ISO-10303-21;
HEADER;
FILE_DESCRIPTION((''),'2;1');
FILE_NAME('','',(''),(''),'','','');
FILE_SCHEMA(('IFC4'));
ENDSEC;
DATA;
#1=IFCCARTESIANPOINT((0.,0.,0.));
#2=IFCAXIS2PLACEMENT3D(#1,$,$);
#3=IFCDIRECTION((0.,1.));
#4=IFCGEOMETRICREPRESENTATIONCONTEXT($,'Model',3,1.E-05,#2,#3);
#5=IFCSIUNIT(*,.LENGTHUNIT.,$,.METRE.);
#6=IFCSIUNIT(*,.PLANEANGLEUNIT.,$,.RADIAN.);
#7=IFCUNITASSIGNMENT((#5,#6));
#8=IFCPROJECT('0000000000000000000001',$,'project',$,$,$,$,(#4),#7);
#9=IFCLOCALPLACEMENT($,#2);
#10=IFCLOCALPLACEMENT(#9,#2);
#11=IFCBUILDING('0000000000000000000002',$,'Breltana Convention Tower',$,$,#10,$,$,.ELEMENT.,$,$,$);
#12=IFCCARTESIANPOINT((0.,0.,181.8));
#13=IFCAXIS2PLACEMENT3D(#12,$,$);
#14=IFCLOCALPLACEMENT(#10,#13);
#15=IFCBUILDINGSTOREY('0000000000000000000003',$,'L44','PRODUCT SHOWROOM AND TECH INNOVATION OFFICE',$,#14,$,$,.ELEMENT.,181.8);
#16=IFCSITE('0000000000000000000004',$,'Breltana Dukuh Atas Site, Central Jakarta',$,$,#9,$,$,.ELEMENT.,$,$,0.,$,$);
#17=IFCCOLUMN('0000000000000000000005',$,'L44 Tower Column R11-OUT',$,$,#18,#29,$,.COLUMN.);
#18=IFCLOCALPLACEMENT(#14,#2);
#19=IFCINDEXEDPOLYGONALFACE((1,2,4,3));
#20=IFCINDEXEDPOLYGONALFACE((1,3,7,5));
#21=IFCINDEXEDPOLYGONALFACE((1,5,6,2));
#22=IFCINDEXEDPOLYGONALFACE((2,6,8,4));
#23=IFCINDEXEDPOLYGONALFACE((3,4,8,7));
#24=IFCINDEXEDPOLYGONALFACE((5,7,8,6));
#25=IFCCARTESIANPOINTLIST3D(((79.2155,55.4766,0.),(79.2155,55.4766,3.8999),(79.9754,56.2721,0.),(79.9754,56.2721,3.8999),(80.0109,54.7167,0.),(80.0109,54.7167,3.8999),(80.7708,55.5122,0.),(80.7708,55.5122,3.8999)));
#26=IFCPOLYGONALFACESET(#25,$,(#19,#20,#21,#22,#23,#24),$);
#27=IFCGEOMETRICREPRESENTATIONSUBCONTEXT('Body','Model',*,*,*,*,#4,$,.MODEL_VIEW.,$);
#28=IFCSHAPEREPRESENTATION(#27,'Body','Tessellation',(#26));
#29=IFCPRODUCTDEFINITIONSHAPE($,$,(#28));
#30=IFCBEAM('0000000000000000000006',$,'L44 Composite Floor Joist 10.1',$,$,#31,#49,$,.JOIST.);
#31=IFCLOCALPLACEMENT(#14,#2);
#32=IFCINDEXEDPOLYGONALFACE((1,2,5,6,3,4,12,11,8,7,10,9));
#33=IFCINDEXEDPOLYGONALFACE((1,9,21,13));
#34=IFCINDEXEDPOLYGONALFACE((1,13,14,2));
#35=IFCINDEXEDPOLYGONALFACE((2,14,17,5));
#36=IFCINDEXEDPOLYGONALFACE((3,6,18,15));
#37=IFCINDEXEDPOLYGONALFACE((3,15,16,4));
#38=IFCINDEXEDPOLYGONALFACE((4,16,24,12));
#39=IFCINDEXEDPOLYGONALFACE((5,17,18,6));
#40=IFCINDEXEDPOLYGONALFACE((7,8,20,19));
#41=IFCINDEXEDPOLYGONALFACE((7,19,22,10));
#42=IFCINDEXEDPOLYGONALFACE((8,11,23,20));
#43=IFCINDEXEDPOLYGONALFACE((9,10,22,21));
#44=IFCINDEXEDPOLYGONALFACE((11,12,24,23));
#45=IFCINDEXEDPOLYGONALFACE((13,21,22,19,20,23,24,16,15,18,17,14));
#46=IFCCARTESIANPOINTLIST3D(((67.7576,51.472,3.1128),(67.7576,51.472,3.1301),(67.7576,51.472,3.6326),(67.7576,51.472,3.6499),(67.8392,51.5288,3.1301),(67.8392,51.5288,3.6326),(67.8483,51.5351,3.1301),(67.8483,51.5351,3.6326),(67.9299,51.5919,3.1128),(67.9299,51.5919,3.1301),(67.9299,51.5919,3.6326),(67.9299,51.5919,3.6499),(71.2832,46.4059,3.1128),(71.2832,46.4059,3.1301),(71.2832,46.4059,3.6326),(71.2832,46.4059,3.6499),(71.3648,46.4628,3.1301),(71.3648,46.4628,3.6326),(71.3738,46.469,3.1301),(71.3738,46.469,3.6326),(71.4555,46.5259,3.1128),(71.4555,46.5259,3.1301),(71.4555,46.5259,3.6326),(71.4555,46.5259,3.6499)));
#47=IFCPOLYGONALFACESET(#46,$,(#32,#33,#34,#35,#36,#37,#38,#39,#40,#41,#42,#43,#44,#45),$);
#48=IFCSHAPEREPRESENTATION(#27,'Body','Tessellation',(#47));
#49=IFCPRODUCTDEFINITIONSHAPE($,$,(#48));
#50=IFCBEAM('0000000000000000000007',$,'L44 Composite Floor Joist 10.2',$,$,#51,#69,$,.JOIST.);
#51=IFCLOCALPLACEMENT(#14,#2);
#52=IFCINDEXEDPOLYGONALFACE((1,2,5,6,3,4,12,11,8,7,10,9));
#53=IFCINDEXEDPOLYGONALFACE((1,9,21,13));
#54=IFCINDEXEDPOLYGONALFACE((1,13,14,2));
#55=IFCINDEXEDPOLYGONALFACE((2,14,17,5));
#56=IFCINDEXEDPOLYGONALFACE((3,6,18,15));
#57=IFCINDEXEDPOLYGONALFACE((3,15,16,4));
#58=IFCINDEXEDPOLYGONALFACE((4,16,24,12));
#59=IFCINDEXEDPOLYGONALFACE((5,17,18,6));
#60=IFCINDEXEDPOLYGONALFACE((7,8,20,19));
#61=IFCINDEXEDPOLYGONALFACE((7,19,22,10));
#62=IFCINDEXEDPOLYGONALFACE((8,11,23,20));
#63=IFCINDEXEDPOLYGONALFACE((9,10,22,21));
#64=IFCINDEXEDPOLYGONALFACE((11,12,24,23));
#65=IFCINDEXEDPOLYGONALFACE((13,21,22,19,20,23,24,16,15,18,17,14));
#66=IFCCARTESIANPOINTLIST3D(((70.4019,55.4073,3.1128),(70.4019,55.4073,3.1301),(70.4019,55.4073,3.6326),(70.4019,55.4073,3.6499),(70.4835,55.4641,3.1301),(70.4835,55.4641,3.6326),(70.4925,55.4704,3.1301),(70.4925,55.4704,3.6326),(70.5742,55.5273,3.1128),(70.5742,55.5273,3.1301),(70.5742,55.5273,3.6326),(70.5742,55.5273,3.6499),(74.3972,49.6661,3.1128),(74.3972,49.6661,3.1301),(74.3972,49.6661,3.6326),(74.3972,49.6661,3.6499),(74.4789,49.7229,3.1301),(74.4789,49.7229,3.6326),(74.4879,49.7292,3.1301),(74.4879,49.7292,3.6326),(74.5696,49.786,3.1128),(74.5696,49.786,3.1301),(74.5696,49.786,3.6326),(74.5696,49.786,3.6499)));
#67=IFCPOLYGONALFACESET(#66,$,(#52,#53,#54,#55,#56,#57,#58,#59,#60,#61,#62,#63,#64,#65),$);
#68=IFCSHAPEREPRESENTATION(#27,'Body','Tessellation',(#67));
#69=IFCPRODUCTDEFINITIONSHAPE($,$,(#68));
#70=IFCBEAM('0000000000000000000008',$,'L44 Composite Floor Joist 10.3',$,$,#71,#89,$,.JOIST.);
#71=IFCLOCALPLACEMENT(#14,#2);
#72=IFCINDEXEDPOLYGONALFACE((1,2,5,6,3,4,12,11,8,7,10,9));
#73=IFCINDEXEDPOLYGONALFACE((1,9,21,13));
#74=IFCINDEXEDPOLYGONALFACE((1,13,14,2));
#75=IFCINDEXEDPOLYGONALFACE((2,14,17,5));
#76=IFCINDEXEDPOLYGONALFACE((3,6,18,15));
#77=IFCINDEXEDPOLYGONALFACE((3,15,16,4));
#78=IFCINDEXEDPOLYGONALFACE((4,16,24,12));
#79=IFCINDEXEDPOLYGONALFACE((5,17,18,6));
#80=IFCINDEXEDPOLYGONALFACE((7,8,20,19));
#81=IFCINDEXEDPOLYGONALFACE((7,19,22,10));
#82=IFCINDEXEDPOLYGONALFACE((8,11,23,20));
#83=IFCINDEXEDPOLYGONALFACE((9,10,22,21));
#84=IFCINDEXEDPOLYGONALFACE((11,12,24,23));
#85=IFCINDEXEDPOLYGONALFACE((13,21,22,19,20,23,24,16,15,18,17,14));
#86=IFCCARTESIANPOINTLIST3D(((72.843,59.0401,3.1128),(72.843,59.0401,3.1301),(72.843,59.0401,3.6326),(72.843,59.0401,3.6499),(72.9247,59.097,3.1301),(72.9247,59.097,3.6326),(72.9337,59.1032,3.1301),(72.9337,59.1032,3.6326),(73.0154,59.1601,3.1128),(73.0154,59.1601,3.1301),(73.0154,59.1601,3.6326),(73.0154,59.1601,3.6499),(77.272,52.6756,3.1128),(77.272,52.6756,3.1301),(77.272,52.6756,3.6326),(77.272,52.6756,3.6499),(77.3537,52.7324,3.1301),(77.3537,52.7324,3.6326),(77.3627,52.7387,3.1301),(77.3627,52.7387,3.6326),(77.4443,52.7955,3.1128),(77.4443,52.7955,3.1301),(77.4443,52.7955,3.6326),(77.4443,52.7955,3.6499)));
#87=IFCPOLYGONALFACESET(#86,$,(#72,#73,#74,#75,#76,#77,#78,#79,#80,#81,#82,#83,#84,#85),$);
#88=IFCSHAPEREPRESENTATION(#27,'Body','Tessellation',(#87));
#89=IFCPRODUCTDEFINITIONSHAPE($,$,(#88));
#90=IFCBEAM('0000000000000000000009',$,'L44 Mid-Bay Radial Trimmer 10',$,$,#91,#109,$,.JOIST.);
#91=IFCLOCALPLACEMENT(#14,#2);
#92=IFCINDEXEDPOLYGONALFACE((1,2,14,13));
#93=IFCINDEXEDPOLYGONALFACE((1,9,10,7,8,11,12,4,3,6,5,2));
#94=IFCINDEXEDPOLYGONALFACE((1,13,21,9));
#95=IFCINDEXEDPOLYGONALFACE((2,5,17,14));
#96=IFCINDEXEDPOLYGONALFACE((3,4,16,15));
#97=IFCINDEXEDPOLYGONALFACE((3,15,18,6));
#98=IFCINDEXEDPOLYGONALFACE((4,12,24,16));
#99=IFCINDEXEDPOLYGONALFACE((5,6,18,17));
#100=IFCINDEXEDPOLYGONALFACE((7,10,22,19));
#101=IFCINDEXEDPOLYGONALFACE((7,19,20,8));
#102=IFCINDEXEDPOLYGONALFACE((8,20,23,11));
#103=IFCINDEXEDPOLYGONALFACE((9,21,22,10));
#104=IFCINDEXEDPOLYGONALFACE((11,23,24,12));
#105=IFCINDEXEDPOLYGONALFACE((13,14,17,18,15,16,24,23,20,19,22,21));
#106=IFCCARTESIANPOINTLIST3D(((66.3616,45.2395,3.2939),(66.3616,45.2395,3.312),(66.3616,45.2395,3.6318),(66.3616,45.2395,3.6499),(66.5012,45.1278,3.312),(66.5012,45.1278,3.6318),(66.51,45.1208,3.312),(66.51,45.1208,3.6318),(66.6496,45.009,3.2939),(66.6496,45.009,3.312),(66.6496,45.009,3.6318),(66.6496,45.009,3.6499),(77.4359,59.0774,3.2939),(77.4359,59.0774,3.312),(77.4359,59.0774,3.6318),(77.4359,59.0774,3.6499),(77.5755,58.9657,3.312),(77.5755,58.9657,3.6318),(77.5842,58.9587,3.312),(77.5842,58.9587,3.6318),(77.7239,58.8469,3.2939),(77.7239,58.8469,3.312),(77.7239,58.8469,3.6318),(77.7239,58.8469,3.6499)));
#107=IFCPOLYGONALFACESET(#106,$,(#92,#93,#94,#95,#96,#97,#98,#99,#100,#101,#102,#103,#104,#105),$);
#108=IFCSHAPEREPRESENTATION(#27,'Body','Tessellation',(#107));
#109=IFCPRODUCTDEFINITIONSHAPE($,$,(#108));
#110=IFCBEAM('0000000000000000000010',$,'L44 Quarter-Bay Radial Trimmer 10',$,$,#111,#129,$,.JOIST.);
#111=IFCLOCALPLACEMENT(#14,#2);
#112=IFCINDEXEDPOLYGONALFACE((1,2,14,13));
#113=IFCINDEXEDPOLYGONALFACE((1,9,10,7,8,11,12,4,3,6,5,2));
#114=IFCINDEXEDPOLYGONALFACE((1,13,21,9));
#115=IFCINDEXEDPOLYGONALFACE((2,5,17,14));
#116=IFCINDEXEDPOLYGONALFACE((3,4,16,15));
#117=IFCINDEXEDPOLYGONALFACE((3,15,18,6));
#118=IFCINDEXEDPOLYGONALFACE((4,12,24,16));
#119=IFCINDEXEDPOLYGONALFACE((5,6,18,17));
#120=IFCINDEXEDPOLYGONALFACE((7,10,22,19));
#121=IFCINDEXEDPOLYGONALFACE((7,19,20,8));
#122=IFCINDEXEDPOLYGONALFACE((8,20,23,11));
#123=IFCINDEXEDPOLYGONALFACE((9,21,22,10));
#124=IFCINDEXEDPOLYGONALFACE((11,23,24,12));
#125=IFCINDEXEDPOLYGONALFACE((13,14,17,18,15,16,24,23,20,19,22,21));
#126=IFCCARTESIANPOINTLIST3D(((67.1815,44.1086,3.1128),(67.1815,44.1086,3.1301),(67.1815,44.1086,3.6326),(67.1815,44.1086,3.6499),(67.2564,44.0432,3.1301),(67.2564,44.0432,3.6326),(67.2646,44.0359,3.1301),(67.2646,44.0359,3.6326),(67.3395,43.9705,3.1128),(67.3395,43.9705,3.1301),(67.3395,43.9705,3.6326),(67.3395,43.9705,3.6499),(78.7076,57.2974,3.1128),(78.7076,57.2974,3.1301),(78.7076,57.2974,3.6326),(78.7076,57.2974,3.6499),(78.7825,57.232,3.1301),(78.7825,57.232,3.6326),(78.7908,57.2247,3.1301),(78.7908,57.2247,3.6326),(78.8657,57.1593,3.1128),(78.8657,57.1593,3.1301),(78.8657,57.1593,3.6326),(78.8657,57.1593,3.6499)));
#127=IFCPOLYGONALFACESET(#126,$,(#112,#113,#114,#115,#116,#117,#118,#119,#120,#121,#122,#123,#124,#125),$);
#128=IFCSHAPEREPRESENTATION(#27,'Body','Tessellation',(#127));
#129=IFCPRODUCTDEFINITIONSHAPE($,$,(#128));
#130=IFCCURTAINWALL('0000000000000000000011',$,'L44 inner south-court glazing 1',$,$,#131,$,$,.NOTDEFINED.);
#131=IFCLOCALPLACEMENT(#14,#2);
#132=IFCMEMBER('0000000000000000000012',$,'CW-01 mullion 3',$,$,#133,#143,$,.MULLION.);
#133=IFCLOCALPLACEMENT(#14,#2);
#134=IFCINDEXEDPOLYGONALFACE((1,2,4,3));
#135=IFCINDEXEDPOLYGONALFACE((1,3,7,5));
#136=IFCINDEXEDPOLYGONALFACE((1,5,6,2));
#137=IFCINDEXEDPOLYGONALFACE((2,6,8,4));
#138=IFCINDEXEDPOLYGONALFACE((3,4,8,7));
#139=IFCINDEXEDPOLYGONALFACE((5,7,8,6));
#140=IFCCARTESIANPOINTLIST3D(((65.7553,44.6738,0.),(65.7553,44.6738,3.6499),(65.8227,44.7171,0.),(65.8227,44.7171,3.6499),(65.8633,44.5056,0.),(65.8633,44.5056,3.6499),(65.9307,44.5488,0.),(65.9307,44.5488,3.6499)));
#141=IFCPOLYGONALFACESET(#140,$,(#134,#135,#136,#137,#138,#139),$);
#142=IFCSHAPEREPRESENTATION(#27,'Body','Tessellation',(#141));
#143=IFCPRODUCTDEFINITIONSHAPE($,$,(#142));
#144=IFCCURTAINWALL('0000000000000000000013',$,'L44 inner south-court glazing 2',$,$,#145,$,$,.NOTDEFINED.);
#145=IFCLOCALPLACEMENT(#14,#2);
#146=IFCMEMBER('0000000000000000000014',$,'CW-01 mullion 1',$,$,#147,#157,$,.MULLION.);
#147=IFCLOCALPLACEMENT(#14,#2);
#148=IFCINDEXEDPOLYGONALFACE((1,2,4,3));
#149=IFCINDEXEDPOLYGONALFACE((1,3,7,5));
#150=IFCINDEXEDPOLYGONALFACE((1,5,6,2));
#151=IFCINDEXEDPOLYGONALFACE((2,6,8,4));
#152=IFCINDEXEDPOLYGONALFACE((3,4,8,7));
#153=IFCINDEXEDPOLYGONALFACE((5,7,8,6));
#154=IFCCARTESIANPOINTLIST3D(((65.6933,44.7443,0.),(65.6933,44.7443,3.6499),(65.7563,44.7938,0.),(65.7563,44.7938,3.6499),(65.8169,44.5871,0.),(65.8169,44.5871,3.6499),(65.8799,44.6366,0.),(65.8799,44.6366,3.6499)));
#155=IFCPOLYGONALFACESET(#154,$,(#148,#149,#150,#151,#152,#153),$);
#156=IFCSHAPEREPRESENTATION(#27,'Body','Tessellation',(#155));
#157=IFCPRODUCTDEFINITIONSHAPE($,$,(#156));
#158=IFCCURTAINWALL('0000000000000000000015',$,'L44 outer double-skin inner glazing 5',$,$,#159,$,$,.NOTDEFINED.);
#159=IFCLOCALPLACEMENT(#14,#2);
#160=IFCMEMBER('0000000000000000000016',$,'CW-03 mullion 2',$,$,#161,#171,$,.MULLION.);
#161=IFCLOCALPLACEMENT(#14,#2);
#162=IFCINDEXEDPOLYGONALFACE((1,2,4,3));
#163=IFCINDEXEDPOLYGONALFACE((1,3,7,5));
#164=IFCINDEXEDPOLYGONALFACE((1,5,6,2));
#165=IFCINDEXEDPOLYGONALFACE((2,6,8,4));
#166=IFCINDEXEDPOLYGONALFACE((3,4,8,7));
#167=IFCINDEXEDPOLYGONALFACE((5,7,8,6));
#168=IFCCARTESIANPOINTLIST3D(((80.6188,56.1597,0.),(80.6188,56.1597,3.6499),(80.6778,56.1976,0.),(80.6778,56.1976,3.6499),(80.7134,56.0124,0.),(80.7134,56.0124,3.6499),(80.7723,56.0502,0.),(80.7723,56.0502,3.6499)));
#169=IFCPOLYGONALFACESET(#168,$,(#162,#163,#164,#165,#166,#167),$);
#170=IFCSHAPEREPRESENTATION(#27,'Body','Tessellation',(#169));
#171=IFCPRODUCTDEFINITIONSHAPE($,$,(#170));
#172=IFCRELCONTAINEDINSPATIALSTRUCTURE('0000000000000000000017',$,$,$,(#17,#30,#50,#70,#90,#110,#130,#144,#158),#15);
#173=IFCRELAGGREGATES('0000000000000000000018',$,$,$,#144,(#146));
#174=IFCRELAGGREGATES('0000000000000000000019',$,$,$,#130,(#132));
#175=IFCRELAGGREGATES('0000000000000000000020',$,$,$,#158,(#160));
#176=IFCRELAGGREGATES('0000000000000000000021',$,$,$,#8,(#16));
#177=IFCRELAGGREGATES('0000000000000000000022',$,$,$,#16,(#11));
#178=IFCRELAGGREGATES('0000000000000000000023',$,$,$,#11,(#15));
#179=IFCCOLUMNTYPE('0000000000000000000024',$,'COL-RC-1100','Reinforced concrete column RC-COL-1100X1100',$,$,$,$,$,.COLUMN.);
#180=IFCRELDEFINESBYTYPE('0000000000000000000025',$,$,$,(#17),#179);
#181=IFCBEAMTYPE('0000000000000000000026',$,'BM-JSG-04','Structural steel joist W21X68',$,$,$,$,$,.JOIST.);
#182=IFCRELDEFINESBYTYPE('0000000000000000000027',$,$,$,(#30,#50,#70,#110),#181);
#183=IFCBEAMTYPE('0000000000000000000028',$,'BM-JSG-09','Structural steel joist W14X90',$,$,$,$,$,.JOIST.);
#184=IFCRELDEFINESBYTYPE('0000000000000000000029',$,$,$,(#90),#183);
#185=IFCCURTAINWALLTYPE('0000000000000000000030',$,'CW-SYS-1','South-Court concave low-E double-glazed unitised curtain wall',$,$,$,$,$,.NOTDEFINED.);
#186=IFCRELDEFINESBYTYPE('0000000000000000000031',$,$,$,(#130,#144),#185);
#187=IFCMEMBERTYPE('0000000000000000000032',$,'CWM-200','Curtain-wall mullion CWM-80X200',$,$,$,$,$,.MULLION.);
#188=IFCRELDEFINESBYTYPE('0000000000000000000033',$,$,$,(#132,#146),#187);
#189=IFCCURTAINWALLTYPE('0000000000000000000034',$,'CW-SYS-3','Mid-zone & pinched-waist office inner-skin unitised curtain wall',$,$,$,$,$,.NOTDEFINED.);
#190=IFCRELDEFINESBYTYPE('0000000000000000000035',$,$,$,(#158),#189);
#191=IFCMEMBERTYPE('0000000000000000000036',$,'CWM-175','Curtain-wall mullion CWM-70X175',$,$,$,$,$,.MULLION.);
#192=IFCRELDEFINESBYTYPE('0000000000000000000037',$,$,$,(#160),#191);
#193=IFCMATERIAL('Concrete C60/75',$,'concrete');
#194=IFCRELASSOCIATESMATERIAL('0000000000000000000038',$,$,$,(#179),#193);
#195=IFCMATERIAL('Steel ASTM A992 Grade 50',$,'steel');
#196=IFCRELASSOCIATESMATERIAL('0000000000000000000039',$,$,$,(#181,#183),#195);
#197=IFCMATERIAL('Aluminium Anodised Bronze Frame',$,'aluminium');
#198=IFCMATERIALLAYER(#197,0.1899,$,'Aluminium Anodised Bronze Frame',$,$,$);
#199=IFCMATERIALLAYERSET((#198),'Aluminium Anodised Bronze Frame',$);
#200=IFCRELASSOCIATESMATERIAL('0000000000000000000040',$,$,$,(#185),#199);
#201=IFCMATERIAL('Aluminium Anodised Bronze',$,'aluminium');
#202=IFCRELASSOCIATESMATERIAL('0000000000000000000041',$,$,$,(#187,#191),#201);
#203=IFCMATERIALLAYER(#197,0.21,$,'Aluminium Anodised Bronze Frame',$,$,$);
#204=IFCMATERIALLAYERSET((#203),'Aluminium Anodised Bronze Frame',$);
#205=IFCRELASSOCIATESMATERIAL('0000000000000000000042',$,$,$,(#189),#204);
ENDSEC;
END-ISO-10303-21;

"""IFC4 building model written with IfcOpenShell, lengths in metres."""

from ifc_helpers import new_model, si_unit, direction, frame, origin, origin_2d, place, context, subcontext, project, spatial, rectangle, i_section, extrude, source, transform, mapped, material, layer, layer_set, material_profile, profile_set, type_object, element, aggregate, save


model = new_model("IFC4")

# Units and contexts
model_context = context("Model", 3, precision=1e-05, world=origin(), true_north=direction((0.0, 1.0)))
body_context = subcontext(model_context, "Body", "Model", "MODEL_VIEW")
ifc_project = project(units=[si_unit("LENGTHUNIT", "METRE"), si_unit("PLANEANGLEUNIT", "RADIAN")], contexts=[model_context])

# Site, building, storey
site_placement = place(None, origin())
site = spatial("IfcSite", under=ifc_project, at=site_placement, Name="Breltana Dukuh Atas Site, Central Jakarta", CompositionType="ELEMENT", RefElevation=0.0)
building_placement = place(site_placement, origin())
building = spatial("IfcBuilding", under=site, at=building_placement, Name="Breltana Convention Tower", CompositionType="ELEMENT")
storey_placement = place(building_placement, frame((0.0, 0.0, 181.8)))
storey = spatial("IfcBuildingStorey", under=building, at=storey_placement, Name="L44", Description="PRODUCT SHOWROOM AND TECH INNOVATION OFFICE", CompositionType="ELEMENT", Elevation=181.8)

# Column
ifc_material_1 = material(Name="Concrete C60/75", Category="concrete")
ifc_material_profile_1 = material_profile(ifc_material_1, rectangle(XDim=1.1001, YDim=1.1001, at=origin_2d()), Name="RC-COL-1100X1100")
ifc_profile_set_1 = profile_set([ifc_material_profile_1], Name="Concrete C60/75")
column_type = type_object("IfcColumnType", Name="COL-RC-1100", Description="Reinforced concrete column RC-COL-1100X1100", PredefinedType="COLUMN", material=ifc_profile_set_1)
shared_shape_1 = source(origin(), body_context, "Body", "SweptSolid", [
    extrude(rectangle(XDim=1.1001, YDim=1.1001, at=origin_2d()), origin(), (0.0, 0.0, 1.0), 3.8999),
])
column_placement = place(storey_placement, frame((79.9932, 55.4944, 0.0), z_axis=(0.0, 0.0, 1.0), x_axis=(0.690756, 0.723088, 0.0)))
element("IfcColumn", 1, at=column_placement, inside=storey, type_object=column_type, Name="L44 Tower Column R11-OUT", PredefinedType="COLUMN", context=body_context, shape_type="MappedRepresentation", body=[
    mapped(shared_shape_1, transform((0.0, 0.0, 0.0), scale=1.0)),
])

# Beams
ifc_material_2 = material(Name="Steel ASTM A992 Grade 50", Category="steel")
ifc_material_profile_2 = material_profile(ifc_material_2, i_section(OverallWidth=0.21, OverallDepth=0.5371, WebThickness=0.011, FlangeThickness=0.0173, at=origin_2d()), Name="W21X68")
ifc_profile_set_2 = profile_set([ifc_material_profile_2], Name="Steel ASTM A992 Grade 50")
beam_type_1 = type_object("IfcBeamType", Name="BM-JSG-04", Description="Structural steel joist W21X68", PredefinedType="JOIST", material=ifc_profile_set_2)
shared_shape_2 = source(origin(), body_context, "Body", "SweptSolid", [
    extrude(i_section(OverallWidth=0.21, OverallDepth=0.5371, WebThickness=0.011, FlangeThickness=0.0173, at=origin_2d()), origin(), (0.0, 0.0, 1.0), 6.1721),
])
beam_1_placement = place(storey_placement, frame((67.8438, 51.532, 3.3813), z_axis=(0.571212, -0.820803, 0.0), x_axis=(0.820803, 0.571212, 0.0)))
element("IfcBeam", 2, at=beam_1_placement, inside=storey, type_object=beam_type_1, Name="L44 Composite Floor Joist 10.1", PredefinedType="JOIST", context=body_context, shape_type="MappedRepresentation", body=[
    mapped(shared_shape_2, transform((0.0, 0.0, 0.0), scale=1.0)),
])
shared_shape_3 = source(origin(), body_context, "Body", "SweptSolid", [
    extrude(i_section(OverallWidth=0.21, OverallDepth=0.5371, WebThickness=0.011, FlangeThickness=0.0173, at=origin_2d()), origin(), (0.0, 0.0, 1.0), 6.9946),
])
beam_2_placement = place(storey_placement, frame((70.488, 55.4673, 3.3813), z_axis=(0.571207, -0.820806, 0.0), x_axis=(0.820806, 0.571207, 0.0)))
element("IfcBeam", 3, at=beam_2_placement, inside=storey, type_object=beam_type_1, Name="L44 Composite Floor Joist 10.2", PredefinedType="JOIST", context=body_context, shape_type="MappedRepresentation", body=[
    mapped(shared_shape_3, transform((0.0, 0.0, 0.0), scale=1.0)),
])
shared_shape_4 = source(origin(), body_context, "Body", "SweptSolid", [
    extrude(i_section(OverallWidth=0.21, OverallDepth=0.5371, WebThickness=0.011, FlangeThickness=0.0173, at=origin_2d()), origin(), (0.0, 0.0, 1.0), 7.7539),
])
beam_3_placement = place(storey_placement, frame((72.9292, 59.1001, 3.3813), z_axis=(0.571193, -0.820816, 0.0), x_axis=(0.820816, 0.571193, 0.0)))
element("IfcBeam", 4, at=beam_3_placement, inside=storey, type_object=beam_type_1, Name="L44 Composite Floor Joist 10.3", PredefinedType="JOIST", context=body_context, shape_type="MappedRepresentation", body=[
    mapped(shared_shape_4, transform((0.0, 0.0, 0.0), scale=1.0)),
])
ifc_material_profile_3 = material_profile(ifc_material_2, i_section(OverallWidth=0.3689, OverallDepth=0.356, WebThickness=0.0112, FlangeThickness=0.0181, at=origin_2d()), Name="W14X90")
ifc_profile_set_3 = profile_set([ifc_material_profile_3], Name="Steel ASTM A992 Grade 50")
beam_type_2 = type_object("IfcBeamType", Name="BM-JSG-09", Description="Structural steel joist W14X90", PredefinedType="JOIST", material=ifc_profile_set_3)
shared_shape_5 = source(origin(), body_context, "Body", "SweptSolid", [
    extrude(i_section(OverallWidth=0.3689, OverallDepth=0.356, WebThickness=0.0112, FlangeThickness=0.0181, at=origin_2d()), origin(), (0.0, 0.0, 1.0), 17.7236),
])
beam_4_placement = place(storey_placement, frame((66.5056, 45.1243, 3.4719), z_axis=(0.624829, 0.780761, 0.0), x_axis=(-0.780761, 0.624829, 0.0)))
element("IfcBeam", 5, at=beam_4_placement, inside=storey, type_object=beam_type_2, Name="L44 Mid-Bay Radial Trimmer 10", PredefinedType="JOIST", context=body_context, shape_type="MappedRepresentation", body=[
    mapped(shared_shape_5, transform((0.0, 0.0, 0.0), scale=1.0)),
])
shared_shape_6 = source(origin(), body_context, "Body", "SweptSolid", [
    extrude(i_section(OverallWidth=0.21, OverallDepth=0.5371, WebThickness=0.011, FlangeThickness=0.0173, at=origin_2d()), origin(), (0.0, 0.0, 1.0), 17.5156),
])
beam_5_placement = place(storey_placement, frame((67.2605, 44.0396, 3.3813), z_axis=(0.658052, 0.752973, 0.0), x_axis=(-0.752973, 0.658052, 0.0)))
element("IfcBeam", 6, at=beam_5_placement, inside=storey, type_object=beam_type_1, Name="L44 Quarter-Bay Radial Trimmer 10", PredefinedType="JOIST", context=body_context, shape_type="MappedRepresentation", body=[
    mapped(shared_shape_6, transform((0.0, 0.0, 0.0), scale=1.0)),
])

# Curtain walls, members
ifc_material_3 = material(Name="Aluminium Anodised Bronze Frame", Category="aluminium")
ifc_layer_1 = layer(ifc_material_3, 0.1899, Name="Aluminium Anodised Bronze Frame")
ifc_layer_set_1 = layer_set([ifc_layer_1], Name="Aluminium Anodised Bronze Frame")
curtain_wall_type_1 = type_object("IfcCurtainWallType", Name="CW-SYS-1", Description="South-Court concave low-E double-glazed unitised curtain wall", PredefinedType="NOTDEFINED", material=ifc_layer_set_1)
curtain_wall_1_placement = place(storey_placement, origin())
curtain_wall_1 = element("IfcCurtainWall", 7, at=curtain_wall_1_placement, inside=storey, type_object=curtain_wall_type_1, Name="L44 inner south-court glazing 1", PredefinedType="NOTDEFINED")
ifc_material_4 = material(Name="Aluminium Anodised Bronze", Category="aluminium")
ifc_material_profile_4 = material_profile(ifc_material_4, rectangle(XDim=0.0801, YDim=0.2, at=origin_2d()), Name="CWM-80X200")
ifc_profile_set_4 = profile_set([ifc_material_profile_4], Name="Aluminium Anodised Bronze")
member_type_1 = type_object("IfcMemberType", Name="CWM-200", Description="Curtain-wall mullion CWM-80X200", PredefinedType="MULLION", material=ifc_profile_set_4)
shared_shape_7 = source(origin(), body_context, "Body", "SweptSolid", [
    extrude(rectangle(XDim=0.0801, YDim=0.2, at=origin_2d()), origin(), (0.0, 0.0, 1.0), 3.6499),
])
member_1_placement = place(storey_placement, frame((65.843, 44.6113, 0.0), z_axis=(0.0, 0.0, 1.0), x_axis=(-0.841547, -0.540184, 0.0)))
member_1 = element("IfcMember", 8, at=member_1_placement, type_object=member_type_1, Name="CW-01 mullion 3", PredefinedType="MULLION", context=body_context, shape_type="MappedRepresentation", body=[
    mapped(shared_shape_7, transform((0.0, 0.0, 0.0), scale=1.0)),
])
curtain_wall_2_placement = place(storey_placement, origin())
curtain_wall_2 = element("IfcCurtainWall", 9, at=curtain_wall_2_placement, inside=storey, type_object=curtain_wall_type_1, Name="L44 inner south-court glazing 2", PredefinedType="NOTDEFINED")
member_2_placement = place(storey_placement, frame((65.7866, 44.6904, 0.0), z_axis=(0.0, 0.0, 1.0), x_axis=(-0.786051, -0.618161, 0.0)))
member_2 = element("IfcMember", 10, at=member_2_placement, type_object=member_type_1, Name="CW-01 mullion 1", PredefinedType="MULLION", context=body_context, shape_type="MappedRepresentation", body=[
    mapped(shared_shape_7, transform((0.0, 0.0, 0.0), scale=1.0)),
])
ifc_layer_2 = layer(ifc_material_3, 0.21, Name="Aluminium Anodised Bronze Frame")
ifc_layer_set_2 = layer_set([ifc_layer_2], Name="Aluminium Anodised Bronze Frame")
curtain_wall_type_2 = type_object("IfcCurtainWallType", Name="CW-SYS-3", Description="Mid-zone & pinched-waist office inner-skin unitised curtain wall", PredefinedType="NOTDEFINED", material=ifc_layer_set_2)
curtain_wall_3_placement = place(storey_placement, origin())
curtain_wall_3 = element("IfcCurtainWall", 11, at=curtain_wall_3_placement, inside=storey, type_object=curtain_wall_type_2, Name="L44 outer double-skin inner glazing 5", PredefinedType="NOTDEFINED")
ifc_material_profile_5 = material_profile(ifc_material_4, rectangle(XDim=0.0701, YDim=0.175, at=origin_2d()), Name="CWM-70X175")
ifc_profile_set_5 = profile_set([ifc_material_profile_5], Name="Aluminium Anodised Bronze")
member_type_2 = type_object("IfcMemberType", Name="CWM-175", Description="Curtain-wall mullion CWM-70X175", PredefinedType="MULLION", material=ifc_profile_set_5)
shared_shape_8 = source(origin(), body_context, "Body", "SweptSolid", [
    extrude(rectangle(XDim=0.0701, YDim=0.175, at=origin_2d()), origin(), (0.0, 0.0, 1.0), 3.6499),
])
member_3_placement = place(storey_placement, frame((80.6956, 56.105, 0.0), z_axis=(0.0, 0.0, 1.0), x_axis=(0.841554, 0.540173, 0.0)))
member_3 = element("IfcMember", 12, at=member_3_placement, type_object=member_type_2, Name="CW-03 mullion 2", PredefinedType="MULLION", context=body_context, shape_type="MappedRepresentation", body=[
    mapped(shared_shape_8, transform((0.0, 0.0, 0.0), scale=1.0)),
])

aggregate(curtain_wall_2, [member_2])

aggregate(curtain_wall_1, [member_1])
aggregate(curtain_wall_3, [member_3])

save(model, "model.ifc")
